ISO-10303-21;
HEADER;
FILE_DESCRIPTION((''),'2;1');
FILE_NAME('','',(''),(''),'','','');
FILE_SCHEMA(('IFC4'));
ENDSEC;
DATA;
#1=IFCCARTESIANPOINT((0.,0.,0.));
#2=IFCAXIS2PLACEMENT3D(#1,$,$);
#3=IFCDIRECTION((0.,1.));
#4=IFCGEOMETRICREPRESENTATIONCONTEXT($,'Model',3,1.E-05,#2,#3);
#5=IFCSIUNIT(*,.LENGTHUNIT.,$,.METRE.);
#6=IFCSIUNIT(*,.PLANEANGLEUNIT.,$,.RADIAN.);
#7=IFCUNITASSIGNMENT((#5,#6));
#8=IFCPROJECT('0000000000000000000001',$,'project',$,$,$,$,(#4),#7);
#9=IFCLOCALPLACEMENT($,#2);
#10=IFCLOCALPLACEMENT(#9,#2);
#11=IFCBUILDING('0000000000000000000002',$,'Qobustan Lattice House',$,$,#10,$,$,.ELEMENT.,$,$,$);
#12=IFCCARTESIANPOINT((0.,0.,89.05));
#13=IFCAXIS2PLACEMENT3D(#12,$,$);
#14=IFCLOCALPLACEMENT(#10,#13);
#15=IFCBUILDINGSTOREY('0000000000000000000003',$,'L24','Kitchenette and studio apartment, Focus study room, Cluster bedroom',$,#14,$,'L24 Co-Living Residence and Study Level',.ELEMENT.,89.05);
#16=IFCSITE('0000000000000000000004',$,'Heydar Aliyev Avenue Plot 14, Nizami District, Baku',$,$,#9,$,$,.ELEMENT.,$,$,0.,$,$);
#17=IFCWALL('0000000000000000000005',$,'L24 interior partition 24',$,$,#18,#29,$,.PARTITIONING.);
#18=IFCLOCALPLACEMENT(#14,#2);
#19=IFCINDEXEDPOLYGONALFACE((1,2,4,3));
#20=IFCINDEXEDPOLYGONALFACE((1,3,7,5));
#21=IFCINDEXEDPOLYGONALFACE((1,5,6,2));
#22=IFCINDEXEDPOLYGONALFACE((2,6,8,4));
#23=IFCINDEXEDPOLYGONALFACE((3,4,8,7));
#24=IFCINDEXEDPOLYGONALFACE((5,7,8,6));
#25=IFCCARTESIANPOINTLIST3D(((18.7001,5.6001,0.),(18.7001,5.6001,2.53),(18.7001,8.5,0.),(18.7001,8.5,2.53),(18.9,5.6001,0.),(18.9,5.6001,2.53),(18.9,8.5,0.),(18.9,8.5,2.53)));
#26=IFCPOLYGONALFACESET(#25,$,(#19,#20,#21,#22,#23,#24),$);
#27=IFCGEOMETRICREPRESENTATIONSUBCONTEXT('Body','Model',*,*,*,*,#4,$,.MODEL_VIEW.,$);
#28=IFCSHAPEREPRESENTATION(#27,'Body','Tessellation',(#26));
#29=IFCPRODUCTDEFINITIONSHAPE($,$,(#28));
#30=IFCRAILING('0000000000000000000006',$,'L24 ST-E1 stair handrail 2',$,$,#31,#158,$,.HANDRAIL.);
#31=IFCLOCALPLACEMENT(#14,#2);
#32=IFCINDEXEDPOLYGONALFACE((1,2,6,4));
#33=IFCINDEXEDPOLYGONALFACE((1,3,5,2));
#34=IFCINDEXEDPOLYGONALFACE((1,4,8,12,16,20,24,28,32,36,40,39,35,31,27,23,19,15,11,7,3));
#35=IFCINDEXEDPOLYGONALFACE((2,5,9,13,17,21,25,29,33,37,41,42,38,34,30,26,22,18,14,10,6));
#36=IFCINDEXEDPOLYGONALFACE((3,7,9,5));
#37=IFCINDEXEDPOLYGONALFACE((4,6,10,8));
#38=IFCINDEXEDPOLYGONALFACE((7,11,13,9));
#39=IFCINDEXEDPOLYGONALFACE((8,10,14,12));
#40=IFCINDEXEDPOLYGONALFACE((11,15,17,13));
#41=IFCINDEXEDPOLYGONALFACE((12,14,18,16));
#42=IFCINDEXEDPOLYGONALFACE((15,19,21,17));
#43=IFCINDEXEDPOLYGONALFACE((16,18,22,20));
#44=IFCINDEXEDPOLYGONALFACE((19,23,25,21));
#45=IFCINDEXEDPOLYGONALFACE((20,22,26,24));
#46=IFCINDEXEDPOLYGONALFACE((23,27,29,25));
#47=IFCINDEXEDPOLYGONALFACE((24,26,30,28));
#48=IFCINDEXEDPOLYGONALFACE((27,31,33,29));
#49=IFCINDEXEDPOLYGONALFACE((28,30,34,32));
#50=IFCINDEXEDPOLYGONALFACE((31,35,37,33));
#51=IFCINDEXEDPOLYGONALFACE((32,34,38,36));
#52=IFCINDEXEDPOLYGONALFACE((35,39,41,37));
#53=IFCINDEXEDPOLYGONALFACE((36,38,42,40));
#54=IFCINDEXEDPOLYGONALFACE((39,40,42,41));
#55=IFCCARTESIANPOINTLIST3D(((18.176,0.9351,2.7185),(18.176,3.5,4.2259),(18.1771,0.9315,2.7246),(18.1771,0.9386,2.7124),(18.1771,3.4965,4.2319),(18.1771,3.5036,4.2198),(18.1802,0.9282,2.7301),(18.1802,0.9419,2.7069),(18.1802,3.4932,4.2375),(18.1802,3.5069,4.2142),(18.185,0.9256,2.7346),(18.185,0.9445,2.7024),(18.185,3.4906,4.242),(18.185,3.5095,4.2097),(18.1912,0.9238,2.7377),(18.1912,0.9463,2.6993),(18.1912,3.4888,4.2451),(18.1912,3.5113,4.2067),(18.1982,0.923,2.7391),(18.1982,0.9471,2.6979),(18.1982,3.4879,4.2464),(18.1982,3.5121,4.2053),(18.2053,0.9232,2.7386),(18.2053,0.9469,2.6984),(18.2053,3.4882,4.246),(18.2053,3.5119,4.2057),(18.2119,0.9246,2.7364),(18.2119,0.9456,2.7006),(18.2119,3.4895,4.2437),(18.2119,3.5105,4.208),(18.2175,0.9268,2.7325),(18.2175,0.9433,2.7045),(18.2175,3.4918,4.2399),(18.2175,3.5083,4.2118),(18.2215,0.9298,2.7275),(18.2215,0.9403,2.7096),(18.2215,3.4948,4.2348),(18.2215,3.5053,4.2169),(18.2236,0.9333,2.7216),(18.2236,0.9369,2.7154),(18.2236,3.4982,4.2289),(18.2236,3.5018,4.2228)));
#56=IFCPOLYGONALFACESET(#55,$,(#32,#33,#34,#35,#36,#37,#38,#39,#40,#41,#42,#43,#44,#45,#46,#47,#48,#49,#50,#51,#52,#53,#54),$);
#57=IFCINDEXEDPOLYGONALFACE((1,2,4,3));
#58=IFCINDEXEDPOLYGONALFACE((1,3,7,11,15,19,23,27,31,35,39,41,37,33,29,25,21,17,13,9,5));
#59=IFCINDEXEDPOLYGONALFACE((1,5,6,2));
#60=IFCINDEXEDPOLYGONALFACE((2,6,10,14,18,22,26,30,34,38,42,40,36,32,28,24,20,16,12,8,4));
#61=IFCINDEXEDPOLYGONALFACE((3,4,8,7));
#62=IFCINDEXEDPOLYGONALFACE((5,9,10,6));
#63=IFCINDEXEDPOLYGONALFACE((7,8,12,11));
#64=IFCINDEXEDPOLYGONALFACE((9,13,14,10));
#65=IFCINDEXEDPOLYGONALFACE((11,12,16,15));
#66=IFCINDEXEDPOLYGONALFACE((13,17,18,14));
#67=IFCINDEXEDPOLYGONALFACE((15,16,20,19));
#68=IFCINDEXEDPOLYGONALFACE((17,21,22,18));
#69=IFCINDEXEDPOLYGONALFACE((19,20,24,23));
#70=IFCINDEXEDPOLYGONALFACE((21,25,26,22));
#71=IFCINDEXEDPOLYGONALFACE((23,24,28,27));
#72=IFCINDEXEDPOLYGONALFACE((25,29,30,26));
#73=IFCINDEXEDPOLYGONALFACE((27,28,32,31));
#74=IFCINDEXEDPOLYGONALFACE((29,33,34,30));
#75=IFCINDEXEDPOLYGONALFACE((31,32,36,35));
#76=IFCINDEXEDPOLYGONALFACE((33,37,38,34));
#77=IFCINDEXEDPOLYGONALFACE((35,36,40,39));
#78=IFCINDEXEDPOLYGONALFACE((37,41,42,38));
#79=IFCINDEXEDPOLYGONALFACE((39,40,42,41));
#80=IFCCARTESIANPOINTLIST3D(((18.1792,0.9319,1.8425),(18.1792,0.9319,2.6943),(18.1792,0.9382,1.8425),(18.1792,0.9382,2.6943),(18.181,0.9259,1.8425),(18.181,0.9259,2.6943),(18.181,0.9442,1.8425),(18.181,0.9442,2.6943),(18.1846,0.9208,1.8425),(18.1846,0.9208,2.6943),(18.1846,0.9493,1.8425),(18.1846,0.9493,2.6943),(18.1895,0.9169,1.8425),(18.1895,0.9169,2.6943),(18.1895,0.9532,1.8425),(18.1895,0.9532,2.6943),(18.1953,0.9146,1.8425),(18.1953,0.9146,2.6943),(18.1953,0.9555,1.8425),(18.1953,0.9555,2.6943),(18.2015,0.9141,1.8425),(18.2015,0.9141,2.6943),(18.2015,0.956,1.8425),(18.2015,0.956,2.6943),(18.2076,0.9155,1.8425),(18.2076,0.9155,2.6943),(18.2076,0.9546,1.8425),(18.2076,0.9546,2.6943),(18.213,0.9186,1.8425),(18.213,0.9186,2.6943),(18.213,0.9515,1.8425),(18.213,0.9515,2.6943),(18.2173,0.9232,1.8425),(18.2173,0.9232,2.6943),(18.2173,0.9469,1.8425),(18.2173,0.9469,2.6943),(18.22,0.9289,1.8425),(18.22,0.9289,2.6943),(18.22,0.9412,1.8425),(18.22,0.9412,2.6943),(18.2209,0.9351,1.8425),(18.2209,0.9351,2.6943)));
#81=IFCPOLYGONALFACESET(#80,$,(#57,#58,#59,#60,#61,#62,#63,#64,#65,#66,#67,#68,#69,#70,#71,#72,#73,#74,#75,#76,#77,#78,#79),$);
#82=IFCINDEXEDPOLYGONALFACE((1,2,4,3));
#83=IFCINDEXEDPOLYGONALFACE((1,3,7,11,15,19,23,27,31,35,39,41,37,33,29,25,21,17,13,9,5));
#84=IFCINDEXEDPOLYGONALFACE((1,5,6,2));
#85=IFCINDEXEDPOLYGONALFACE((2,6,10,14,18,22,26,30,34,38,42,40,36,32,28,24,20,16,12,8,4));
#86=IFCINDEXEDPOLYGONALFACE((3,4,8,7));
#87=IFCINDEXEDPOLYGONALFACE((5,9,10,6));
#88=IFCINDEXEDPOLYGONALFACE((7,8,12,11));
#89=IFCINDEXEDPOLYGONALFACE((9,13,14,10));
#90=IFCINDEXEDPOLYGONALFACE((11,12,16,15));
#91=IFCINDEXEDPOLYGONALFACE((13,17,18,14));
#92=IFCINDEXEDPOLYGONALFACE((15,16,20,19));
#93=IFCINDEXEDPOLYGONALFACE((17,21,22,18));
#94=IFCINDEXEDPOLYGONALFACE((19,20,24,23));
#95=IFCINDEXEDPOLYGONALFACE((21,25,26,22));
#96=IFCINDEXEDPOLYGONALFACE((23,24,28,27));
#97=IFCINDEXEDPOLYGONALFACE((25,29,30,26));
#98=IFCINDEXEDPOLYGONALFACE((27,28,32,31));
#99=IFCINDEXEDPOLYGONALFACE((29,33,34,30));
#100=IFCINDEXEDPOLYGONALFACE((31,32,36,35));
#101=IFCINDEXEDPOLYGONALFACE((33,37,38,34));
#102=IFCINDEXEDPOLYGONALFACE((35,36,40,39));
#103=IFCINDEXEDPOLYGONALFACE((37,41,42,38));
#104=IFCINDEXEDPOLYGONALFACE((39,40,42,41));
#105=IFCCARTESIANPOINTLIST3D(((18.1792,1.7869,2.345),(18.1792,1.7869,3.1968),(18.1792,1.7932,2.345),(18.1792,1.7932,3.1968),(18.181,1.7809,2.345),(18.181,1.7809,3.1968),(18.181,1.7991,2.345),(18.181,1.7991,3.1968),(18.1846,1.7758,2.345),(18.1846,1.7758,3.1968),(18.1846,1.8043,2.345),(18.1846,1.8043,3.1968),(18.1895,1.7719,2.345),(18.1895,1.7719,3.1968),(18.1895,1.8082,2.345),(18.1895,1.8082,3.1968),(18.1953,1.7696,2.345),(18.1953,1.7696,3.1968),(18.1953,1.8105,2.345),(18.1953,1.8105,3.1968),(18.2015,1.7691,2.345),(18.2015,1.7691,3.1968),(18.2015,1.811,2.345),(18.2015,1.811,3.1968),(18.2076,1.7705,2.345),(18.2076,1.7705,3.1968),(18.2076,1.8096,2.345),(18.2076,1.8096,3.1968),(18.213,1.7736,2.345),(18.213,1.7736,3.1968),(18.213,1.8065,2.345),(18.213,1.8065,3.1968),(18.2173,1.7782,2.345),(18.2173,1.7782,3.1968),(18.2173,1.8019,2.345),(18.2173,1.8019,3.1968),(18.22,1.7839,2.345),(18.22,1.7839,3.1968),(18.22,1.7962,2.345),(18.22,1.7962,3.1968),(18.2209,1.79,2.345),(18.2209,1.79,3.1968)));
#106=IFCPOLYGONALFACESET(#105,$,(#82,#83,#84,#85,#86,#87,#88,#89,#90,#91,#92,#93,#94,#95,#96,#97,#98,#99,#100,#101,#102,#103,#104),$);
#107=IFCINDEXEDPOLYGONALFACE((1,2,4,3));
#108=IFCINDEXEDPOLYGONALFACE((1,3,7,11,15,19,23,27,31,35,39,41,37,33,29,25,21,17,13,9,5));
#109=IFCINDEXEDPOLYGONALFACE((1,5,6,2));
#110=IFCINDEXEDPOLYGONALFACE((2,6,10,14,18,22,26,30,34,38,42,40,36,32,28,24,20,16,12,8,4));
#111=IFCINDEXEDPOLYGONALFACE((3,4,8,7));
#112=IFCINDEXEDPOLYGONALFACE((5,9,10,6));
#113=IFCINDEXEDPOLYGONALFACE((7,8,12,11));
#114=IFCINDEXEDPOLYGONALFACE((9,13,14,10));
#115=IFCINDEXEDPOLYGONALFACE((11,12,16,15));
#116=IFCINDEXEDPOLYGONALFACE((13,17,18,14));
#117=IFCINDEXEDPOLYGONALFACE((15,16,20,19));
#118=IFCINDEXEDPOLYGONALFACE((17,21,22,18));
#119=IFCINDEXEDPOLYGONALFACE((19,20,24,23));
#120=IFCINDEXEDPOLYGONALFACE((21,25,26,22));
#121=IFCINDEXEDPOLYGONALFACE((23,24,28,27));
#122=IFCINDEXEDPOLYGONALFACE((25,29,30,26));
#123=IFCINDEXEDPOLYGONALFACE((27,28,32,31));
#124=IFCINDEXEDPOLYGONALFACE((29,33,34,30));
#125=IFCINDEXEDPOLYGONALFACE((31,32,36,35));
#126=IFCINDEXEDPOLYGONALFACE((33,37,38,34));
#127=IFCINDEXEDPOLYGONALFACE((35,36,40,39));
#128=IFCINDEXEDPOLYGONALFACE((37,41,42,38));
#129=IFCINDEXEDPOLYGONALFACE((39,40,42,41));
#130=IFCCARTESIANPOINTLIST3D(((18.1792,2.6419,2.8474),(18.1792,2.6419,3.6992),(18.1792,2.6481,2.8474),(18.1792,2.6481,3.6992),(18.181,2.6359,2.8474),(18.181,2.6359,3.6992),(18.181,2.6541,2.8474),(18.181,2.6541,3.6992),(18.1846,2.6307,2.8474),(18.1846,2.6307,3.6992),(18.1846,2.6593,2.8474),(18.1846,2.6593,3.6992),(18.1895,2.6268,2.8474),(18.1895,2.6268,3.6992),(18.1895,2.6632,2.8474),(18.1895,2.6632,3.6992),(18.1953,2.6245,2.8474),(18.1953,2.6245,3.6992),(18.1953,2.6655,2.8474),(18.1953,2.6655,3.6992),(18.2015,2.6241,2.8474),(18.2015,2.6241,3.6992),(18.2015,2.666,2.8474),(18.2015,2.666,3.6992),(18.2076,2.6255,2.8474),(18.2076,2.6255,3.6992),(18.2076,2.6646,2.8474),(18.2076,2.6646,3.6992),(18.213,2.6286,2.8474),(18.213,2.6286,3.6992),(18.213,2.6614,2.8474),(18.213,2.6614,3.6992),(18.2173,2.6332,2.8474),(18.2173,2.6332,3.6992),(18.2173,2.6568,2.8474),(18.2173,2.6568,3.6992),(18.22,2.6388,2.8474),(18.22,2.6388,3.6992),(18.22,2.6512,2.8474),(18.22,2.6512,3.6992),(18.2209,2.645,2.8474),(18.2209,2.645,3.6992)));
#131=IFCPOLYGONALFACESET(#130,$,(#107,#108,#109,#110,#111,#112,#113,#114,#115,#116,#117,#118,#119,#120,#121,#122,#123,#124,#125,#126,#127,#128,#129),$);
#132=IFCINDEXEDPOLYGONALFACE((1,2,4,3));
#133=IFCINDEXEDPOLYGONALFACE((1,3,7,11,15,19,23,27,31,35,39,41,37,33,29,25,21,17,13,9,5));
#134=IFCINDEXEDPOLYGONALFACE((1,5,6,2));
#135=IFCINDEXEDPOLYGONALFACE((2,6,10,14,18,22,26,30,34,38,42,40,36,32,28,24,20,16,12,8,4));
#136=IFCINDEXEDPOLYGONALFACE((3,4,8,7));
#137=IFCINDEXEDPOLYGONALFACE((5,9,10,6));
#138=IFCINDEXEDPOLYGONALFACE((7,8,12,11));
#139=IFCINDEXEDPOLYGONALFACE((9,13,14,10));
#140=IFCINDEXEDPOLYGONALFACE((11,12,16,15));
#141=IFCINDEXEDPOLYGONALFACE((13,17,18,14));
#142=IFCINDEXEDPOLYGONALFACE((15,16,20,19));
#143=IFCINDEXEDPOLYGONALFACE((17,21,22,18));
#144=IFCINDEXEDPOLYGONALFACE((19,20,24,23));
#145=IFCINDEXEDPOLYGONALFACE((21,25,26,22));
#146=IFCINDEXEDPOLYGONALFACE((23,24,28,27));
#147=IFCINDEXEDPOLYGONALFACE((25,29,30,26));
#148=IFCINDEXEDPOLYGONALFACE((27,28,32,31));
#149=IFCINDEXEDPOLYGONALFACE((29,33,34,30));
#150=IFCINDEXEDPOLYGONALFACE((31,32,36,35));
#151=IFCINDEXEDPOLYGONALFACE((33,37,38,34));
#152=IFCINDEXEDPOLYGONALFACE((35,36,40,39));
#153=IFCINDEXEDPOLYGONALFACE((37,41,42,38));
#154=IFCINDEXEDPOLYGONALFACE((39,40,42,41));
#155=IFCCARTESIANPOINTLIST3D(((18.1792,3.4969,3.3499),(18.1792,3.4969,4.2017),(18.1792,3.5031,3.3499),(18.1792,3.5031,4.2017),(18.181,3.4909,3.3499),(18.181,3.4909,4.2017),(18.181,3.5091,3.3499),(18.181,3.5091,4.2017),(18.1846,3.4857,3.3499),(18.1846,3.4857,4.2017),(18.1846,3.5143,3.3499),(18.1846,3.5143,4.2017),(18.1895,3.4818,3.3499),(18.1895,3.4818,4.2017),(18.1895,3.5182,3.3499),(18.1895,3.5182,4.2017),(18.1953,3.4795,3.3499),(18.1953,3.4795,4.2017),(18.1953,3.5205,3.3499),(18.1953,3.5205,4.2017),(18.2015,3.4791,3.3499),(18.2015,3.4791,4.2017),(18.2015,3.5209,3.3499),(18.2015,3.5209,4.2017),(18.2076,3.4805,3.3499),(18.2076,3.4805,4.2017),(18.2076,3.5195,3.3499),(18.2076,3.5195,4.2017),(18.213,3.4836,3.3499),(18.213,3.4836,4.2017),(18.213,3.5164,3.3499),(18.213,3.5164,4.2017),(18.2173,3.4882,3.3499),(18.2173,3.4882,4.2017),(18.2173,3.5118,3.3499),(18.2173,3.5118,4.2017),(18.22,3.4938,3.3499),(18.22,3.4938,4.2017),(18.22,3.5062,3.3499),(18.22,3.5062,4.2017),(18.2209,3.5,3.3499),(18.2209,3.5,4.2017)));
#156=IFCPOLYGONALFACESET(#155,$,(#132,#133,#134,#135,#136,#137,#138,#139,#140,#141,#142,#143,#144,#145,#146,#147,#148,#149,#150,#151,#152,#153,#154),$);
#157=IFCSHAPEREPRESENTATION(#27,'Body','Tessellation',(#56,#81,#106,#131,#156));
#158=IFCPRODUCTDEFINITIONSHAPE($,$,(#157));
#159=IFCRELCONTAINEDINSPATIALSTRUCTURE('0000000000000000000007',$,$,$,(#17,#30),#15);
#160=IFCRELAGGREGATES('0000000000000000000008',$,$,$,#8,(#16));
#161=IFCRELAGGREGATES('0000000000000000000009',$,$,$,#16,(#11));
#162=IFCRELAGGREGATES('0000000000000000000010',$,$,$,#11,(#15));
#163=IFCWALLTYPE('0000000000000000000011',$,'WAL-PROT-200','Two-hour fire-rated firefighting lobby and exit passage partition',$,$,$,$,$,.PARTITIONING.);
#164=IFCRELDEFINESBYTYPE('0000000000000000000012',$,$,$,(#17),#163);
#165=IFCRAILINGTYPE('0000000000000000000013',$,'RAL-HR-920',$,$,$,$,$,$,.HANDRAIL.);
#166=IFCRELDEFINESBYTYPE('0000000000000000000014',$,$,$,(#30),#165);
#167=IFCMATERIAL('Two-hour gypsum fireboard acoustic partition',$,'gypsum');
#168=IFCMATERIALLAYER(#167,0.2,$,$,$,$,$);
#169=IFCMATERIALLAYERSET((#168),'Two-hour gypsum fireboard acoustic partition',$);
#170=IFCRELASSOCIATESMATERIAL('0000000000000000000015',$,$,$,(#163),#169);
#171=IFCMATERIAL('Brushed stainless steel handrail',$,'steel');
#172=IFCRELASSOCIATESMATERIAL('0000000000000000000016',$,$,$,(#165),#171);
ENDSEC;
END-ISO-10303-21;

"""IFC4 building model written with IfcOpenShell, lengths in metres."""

from ifc_helpers import new_model, si_unit, direction, frame, frame_2d, origin, origin_2d, place, context, subcontext, project, spatial, rectangle, circle, extrude, material, layer, layer_set, type_object, element, save


model = new_model("IFC4")

# Units and contexts
model_context = context("Model", 3, precision=1e-05, world=origin(), true_north=direction((0.0, 1.0)))
body_context = subcontext(model_context, "Body", "Model", "MODEL_VIEW")
ifc_project = project(units=[si_unit("LENGTHUNIT", "METRE"), si_unit("PLANEANGLEUNIT", "RADIAN")], contexts=[model_context])

# Site, building, storey
site_placement = place(None, origin())
site = spatial("IfcSite", under=ifc_project, at=site_placement, Name="Heydar Aliyev Avenue Plot 14, Nizami District, Baku", CompositionType="ELEMENT", RefElevation=0.0)
building_placement = place(site_placement, origin())
building = spatial("IfcBuilding", under=site, at=building_placement, Name="Qobustan Lattice House", CompositionType="ELEMENT")
storey_placement = place(building_placement, frame((0.0, 0.0, 89.05)))
storey = spatial("IfcBuildingStorey", under=building, at=storey_placement, Name="L24", Description="Kitchenette and studio apartment, Focus study room, Cluster bedroom", LongName="L24 Co-Living Residence and Study Level", CompositionType="ELEMENT", Elevation=89.05)

# Shared definitions
ifc_material_1 = material(Name="Two-hour gypsum fireboard acoustic partition", Category="gypsum")
ifc_layer_1 = layer(ifc_material_1, 0.2)
ifc_layer_set_1 = layer_set([ifc_layer_1], Name="Two-hour gypsum fireboard acoustic partition")
wall_type_1 = type_object("IfcWallType", Name="WAL-PROT-200", Description="Two-hour fire-rated firefighting lobby and exit passage partition", PredefinedType="PARTITIONING", material=ifc_layer_set_1)

# Wall
wall_1_placement = place(storey_placement, frame((18.8, 5.6001, 0.0), z_axis=(0.0, 0.0, 1.0), x_axis=(0.0, 1.0, 0.0)))
element("IfcWall", 1, at=wall_1_placement, inside=storey, type_object=wall_type_1, Name="L24 interior partition 24", PredefinedType="PARTITIONING", context=body_context, shape_type="SweptSolid", body=[
    extrude(rectangle(XDim=2.8999, YDim=0.2, at=frame_2d((1.45, 0.0))), origin(), (0.0, 0.0, 1.0), 2.53),
])

# Railing
ifc_material_2 = material(Name="Brushed stainless steel handrail", Category="steel")
railing_type = type_object("IfcRailingType", Name="RAL-HR-920", PredefinedType="HANDRAIL", material=ifc_material_2)
railing_placement = place(storey_placement, frame((18.2, 0.9351, 1.8425)))
element("IfcRailing", 2, at=railing_placement, inside=storey, type_object=railing_type, Name="L24 ST-E1 stair handrail 2", PredefinedType="HANDRAIL", context=body_context, shape_type="SweptSolid", body=[
    extrude(circle(Radius=0.0239, at=origin_2d()), frame((0.0, 0.0, 0.876), z_axis=(0.0, 0.862149, 0.506654), x_axis=(-1.0, 0.0, 0.0)), (0.0, 0.0, 1.0), 2.9751),
    extrude(circle(Radius=0.021, at=origin_2d()), origin(), (0.0, 0.0, 1.0), 0.8518),
    extrude(circle(Radius=0.021, at=origin_2d()), frame((0.0, 0.855, 0.5024)), (0.0, 0.0, 1.0), 0.8518),
    extrude(circle(Radius=0.021, at=origin_2d()), frame((0.0, 1.71, 1.0049)), (0.0, 0.0, 1.0), 0.8518),
    extrude(circle(Radius=0.021, at=origin_2d()), frame((0.0, 2.5649, 1.5073)), (0.0, 0.0, 1.0), 0.8518),
])

save(model, "model.ifc")
